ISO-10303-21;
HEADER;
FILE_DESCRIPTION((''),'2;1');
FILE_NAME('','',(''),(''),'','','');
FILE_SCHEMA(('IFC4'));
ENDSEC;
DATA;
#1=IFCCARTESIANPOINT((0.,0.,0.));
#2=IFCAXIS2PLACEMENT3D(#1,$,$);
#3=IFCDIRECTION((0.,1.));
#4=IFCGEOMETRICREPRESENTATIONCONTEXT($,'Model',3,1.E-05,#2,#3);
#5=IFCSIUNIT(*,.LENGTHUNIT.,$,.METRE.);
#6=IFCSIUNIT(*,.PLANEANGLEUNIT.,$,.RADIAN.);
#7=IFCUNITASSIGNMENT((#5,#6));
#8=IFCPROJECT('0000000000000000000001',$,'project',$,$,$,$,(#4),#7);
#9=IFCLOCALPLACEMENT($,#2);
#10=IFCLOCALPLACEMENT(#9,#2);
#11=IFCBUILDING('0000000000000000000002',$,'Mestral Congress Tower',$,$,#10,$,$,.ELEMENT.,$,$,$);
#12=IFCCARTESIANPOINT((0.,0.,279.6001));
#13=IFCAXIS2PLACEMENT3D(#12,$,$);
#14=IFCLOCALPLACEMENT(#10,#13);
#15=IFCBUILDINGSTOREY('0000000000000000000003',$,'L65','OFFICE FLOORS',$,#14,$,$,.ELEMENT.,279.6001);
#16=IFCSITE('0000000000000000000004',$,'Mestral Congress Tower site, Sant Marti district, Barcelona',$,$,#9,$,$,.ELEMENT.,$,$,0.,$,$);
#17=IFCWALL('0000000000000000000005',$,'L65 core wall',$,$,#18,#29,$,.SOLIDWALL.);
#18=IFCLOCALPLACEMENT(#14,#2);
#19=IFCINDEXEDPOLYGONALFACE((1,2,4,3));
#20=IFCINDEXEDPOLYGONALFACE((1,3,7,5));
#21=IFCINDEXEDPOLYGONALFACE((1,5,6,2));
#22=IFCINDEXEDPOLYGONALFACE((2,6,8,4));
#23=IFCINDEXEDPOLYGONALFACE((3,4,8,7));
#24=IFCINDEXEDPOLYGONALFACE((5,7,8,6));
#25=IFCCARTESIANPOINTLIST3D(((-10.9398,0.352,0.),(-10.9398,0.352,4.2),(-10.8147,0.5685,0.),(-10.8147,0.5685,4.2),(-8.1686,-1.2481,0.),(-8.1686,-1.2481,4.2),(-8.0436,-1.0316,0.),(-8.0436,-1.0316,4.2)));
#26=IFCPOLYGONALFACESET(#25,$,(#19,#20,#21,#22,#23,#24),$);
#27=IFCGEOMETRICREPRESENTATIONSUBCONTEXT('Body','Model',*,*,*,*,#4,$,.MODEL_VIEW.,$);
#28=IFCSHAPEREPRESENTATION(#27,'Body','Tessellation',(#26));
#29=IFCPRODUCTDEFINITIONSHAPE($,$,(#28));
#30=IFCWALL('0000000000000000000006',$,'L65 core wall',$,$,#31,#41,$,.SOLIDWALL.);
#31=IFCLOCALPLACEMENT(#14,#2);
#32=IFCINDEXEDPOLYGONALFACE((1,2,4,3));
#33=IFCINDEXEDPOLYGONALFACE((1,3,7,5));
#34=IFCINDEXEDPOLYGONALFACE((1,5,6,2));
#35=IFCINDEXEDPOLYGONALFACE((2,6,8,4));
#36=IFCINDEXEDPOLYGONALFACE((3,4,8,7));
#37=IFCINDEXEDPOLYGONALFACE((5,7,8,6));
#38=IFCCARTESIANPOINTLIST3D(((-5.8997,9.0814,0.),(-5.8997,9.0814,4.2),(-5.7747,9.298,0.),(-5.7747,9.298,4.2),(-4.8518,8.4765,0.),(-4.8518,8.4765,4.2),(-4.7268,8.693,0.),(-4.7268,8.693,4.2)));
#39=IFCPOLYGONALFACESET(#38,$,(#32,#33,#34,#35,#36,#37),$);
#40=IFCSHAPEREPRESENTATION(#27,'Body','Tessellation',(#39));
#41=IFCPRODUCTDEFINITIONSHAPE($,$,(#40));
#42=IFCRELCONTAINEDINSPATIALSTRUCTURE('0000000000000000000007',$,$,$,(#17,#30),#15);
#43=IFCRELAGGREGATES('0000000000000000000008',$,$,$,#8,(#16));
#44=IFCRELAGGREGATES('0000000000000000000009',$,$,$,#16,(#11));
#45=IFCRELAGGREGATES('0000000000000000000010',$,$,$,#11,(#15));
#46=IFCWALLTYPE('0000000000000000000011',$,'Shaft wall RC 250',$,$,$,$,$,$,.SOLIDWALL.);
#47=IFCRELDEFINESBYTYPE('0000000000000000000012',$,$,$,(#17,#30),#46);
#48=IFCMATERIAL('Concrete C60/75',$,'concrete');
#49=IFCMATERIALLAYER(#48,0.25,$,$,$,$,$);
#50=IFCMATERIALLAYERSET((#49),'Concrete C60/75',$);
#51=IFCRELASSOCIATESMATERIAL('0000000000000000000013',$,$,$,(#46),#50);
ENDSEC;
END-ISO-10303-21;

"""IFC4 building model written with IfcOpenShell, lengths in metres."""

from ifc_helpers import new_model, si_unit, direction, frame, frame_2d, origin, place, context, subcontext, project, spatial, rectangle, extrude, material, layer, layer_set, type_object, element, save


model = new_model("IFC4")

# Units and contexts
model_context = context("Model", 3, precision=1e-05, world=origin(), true_north=direction((0.0, 1.0)))
body_context = subcontext(model_context, "Body", "Model", "MODEL_VIEW")
ifc_project = project(units=[si_unit("LENGTHUNIT", "METRE"), si_unit("PLANEANGLEUNIT", "RADIAN")], contexts=[model_context])

# Site, building, storey
site_placement = place(None, origin())
site = spatial("IfcSite", under=ifc_project, at=site_placement, Name="Mestral Congress Tower site, Sant Marti district, Barcelona", CompositionType="ELEMENT", RefElevation=0.0)
building_placement = place(site_placement, origin())
building = spatial("IfcBuilding", under=site, at=building_placement, Name="Mestral Congress Tower", CompositionType="ELEMENT")
storey_placement = place(building_placement, frame((0.0, 0.0, 279.6001)))
storey = spatial("IfcBuildingStorey", under=building, at=storey_placement, Name="L65", Description="OFFICE FLOORS", CompositionType="ELEMENT", Elevation=279.6001)

# Shared definitions
ifc_material_1 = material(Name="Concrete C60/75", Category="concrete")

# Walls
ifc_layer_1 = layer(ifc_material_1, 0.25)
ifc_layer_set_1 = layer_set([ifc_layer_1], Name="Concrete C60/75")
wall_type_1 = type_object("IfcWallType", Name="Shaft wall RC 250", PredefinedType="SOLIDWALL", material=ifc_layer_set_1)
wall_1_placement = place(storey_placement, frame((-8.106, -1.1399, 0.0), z_axis=(0.0, 0.0, 1.0), x_axis=(-0.866009, 0.500028, 0.0)))
element("IfcWall", 1, at=wall_1_placement, inside=storey, type_object=wall_type_1, Name="L65 core wall", PredefinedType="SOLIDWALL", context=body_context, shape_type="SweptSolid", body=[
    extrude(rectangle(XDim=3.2, YDim=0.25, at=frame_2d((1.6001, 0.0))), origin(), (0.0, 0.0, 1.0), 4.2),
])
wall_2_placement = place(storey_placement, frame((-5.8372, 9.1897, 0.0), z_axis=(0.0, 0.0, 1.0), x_axis=(0.866024, -0.500002, 0.0)))
element("IfcWall", 2, at=wall_2_placement, inside=storey, type_object=wall_type_1, Name="L65 core wall", PredefinedType="SOLIDWALL", context=body_context, shape_type="SweptSolid", body=[
    extrude(rectangle(XDim=1.21, YDim=0.25, at=frame_2d((0.605, 0.0))), origin(), (0.0, 0.0, 1.0), 4.2),
])

save(model, "model.ifc")
